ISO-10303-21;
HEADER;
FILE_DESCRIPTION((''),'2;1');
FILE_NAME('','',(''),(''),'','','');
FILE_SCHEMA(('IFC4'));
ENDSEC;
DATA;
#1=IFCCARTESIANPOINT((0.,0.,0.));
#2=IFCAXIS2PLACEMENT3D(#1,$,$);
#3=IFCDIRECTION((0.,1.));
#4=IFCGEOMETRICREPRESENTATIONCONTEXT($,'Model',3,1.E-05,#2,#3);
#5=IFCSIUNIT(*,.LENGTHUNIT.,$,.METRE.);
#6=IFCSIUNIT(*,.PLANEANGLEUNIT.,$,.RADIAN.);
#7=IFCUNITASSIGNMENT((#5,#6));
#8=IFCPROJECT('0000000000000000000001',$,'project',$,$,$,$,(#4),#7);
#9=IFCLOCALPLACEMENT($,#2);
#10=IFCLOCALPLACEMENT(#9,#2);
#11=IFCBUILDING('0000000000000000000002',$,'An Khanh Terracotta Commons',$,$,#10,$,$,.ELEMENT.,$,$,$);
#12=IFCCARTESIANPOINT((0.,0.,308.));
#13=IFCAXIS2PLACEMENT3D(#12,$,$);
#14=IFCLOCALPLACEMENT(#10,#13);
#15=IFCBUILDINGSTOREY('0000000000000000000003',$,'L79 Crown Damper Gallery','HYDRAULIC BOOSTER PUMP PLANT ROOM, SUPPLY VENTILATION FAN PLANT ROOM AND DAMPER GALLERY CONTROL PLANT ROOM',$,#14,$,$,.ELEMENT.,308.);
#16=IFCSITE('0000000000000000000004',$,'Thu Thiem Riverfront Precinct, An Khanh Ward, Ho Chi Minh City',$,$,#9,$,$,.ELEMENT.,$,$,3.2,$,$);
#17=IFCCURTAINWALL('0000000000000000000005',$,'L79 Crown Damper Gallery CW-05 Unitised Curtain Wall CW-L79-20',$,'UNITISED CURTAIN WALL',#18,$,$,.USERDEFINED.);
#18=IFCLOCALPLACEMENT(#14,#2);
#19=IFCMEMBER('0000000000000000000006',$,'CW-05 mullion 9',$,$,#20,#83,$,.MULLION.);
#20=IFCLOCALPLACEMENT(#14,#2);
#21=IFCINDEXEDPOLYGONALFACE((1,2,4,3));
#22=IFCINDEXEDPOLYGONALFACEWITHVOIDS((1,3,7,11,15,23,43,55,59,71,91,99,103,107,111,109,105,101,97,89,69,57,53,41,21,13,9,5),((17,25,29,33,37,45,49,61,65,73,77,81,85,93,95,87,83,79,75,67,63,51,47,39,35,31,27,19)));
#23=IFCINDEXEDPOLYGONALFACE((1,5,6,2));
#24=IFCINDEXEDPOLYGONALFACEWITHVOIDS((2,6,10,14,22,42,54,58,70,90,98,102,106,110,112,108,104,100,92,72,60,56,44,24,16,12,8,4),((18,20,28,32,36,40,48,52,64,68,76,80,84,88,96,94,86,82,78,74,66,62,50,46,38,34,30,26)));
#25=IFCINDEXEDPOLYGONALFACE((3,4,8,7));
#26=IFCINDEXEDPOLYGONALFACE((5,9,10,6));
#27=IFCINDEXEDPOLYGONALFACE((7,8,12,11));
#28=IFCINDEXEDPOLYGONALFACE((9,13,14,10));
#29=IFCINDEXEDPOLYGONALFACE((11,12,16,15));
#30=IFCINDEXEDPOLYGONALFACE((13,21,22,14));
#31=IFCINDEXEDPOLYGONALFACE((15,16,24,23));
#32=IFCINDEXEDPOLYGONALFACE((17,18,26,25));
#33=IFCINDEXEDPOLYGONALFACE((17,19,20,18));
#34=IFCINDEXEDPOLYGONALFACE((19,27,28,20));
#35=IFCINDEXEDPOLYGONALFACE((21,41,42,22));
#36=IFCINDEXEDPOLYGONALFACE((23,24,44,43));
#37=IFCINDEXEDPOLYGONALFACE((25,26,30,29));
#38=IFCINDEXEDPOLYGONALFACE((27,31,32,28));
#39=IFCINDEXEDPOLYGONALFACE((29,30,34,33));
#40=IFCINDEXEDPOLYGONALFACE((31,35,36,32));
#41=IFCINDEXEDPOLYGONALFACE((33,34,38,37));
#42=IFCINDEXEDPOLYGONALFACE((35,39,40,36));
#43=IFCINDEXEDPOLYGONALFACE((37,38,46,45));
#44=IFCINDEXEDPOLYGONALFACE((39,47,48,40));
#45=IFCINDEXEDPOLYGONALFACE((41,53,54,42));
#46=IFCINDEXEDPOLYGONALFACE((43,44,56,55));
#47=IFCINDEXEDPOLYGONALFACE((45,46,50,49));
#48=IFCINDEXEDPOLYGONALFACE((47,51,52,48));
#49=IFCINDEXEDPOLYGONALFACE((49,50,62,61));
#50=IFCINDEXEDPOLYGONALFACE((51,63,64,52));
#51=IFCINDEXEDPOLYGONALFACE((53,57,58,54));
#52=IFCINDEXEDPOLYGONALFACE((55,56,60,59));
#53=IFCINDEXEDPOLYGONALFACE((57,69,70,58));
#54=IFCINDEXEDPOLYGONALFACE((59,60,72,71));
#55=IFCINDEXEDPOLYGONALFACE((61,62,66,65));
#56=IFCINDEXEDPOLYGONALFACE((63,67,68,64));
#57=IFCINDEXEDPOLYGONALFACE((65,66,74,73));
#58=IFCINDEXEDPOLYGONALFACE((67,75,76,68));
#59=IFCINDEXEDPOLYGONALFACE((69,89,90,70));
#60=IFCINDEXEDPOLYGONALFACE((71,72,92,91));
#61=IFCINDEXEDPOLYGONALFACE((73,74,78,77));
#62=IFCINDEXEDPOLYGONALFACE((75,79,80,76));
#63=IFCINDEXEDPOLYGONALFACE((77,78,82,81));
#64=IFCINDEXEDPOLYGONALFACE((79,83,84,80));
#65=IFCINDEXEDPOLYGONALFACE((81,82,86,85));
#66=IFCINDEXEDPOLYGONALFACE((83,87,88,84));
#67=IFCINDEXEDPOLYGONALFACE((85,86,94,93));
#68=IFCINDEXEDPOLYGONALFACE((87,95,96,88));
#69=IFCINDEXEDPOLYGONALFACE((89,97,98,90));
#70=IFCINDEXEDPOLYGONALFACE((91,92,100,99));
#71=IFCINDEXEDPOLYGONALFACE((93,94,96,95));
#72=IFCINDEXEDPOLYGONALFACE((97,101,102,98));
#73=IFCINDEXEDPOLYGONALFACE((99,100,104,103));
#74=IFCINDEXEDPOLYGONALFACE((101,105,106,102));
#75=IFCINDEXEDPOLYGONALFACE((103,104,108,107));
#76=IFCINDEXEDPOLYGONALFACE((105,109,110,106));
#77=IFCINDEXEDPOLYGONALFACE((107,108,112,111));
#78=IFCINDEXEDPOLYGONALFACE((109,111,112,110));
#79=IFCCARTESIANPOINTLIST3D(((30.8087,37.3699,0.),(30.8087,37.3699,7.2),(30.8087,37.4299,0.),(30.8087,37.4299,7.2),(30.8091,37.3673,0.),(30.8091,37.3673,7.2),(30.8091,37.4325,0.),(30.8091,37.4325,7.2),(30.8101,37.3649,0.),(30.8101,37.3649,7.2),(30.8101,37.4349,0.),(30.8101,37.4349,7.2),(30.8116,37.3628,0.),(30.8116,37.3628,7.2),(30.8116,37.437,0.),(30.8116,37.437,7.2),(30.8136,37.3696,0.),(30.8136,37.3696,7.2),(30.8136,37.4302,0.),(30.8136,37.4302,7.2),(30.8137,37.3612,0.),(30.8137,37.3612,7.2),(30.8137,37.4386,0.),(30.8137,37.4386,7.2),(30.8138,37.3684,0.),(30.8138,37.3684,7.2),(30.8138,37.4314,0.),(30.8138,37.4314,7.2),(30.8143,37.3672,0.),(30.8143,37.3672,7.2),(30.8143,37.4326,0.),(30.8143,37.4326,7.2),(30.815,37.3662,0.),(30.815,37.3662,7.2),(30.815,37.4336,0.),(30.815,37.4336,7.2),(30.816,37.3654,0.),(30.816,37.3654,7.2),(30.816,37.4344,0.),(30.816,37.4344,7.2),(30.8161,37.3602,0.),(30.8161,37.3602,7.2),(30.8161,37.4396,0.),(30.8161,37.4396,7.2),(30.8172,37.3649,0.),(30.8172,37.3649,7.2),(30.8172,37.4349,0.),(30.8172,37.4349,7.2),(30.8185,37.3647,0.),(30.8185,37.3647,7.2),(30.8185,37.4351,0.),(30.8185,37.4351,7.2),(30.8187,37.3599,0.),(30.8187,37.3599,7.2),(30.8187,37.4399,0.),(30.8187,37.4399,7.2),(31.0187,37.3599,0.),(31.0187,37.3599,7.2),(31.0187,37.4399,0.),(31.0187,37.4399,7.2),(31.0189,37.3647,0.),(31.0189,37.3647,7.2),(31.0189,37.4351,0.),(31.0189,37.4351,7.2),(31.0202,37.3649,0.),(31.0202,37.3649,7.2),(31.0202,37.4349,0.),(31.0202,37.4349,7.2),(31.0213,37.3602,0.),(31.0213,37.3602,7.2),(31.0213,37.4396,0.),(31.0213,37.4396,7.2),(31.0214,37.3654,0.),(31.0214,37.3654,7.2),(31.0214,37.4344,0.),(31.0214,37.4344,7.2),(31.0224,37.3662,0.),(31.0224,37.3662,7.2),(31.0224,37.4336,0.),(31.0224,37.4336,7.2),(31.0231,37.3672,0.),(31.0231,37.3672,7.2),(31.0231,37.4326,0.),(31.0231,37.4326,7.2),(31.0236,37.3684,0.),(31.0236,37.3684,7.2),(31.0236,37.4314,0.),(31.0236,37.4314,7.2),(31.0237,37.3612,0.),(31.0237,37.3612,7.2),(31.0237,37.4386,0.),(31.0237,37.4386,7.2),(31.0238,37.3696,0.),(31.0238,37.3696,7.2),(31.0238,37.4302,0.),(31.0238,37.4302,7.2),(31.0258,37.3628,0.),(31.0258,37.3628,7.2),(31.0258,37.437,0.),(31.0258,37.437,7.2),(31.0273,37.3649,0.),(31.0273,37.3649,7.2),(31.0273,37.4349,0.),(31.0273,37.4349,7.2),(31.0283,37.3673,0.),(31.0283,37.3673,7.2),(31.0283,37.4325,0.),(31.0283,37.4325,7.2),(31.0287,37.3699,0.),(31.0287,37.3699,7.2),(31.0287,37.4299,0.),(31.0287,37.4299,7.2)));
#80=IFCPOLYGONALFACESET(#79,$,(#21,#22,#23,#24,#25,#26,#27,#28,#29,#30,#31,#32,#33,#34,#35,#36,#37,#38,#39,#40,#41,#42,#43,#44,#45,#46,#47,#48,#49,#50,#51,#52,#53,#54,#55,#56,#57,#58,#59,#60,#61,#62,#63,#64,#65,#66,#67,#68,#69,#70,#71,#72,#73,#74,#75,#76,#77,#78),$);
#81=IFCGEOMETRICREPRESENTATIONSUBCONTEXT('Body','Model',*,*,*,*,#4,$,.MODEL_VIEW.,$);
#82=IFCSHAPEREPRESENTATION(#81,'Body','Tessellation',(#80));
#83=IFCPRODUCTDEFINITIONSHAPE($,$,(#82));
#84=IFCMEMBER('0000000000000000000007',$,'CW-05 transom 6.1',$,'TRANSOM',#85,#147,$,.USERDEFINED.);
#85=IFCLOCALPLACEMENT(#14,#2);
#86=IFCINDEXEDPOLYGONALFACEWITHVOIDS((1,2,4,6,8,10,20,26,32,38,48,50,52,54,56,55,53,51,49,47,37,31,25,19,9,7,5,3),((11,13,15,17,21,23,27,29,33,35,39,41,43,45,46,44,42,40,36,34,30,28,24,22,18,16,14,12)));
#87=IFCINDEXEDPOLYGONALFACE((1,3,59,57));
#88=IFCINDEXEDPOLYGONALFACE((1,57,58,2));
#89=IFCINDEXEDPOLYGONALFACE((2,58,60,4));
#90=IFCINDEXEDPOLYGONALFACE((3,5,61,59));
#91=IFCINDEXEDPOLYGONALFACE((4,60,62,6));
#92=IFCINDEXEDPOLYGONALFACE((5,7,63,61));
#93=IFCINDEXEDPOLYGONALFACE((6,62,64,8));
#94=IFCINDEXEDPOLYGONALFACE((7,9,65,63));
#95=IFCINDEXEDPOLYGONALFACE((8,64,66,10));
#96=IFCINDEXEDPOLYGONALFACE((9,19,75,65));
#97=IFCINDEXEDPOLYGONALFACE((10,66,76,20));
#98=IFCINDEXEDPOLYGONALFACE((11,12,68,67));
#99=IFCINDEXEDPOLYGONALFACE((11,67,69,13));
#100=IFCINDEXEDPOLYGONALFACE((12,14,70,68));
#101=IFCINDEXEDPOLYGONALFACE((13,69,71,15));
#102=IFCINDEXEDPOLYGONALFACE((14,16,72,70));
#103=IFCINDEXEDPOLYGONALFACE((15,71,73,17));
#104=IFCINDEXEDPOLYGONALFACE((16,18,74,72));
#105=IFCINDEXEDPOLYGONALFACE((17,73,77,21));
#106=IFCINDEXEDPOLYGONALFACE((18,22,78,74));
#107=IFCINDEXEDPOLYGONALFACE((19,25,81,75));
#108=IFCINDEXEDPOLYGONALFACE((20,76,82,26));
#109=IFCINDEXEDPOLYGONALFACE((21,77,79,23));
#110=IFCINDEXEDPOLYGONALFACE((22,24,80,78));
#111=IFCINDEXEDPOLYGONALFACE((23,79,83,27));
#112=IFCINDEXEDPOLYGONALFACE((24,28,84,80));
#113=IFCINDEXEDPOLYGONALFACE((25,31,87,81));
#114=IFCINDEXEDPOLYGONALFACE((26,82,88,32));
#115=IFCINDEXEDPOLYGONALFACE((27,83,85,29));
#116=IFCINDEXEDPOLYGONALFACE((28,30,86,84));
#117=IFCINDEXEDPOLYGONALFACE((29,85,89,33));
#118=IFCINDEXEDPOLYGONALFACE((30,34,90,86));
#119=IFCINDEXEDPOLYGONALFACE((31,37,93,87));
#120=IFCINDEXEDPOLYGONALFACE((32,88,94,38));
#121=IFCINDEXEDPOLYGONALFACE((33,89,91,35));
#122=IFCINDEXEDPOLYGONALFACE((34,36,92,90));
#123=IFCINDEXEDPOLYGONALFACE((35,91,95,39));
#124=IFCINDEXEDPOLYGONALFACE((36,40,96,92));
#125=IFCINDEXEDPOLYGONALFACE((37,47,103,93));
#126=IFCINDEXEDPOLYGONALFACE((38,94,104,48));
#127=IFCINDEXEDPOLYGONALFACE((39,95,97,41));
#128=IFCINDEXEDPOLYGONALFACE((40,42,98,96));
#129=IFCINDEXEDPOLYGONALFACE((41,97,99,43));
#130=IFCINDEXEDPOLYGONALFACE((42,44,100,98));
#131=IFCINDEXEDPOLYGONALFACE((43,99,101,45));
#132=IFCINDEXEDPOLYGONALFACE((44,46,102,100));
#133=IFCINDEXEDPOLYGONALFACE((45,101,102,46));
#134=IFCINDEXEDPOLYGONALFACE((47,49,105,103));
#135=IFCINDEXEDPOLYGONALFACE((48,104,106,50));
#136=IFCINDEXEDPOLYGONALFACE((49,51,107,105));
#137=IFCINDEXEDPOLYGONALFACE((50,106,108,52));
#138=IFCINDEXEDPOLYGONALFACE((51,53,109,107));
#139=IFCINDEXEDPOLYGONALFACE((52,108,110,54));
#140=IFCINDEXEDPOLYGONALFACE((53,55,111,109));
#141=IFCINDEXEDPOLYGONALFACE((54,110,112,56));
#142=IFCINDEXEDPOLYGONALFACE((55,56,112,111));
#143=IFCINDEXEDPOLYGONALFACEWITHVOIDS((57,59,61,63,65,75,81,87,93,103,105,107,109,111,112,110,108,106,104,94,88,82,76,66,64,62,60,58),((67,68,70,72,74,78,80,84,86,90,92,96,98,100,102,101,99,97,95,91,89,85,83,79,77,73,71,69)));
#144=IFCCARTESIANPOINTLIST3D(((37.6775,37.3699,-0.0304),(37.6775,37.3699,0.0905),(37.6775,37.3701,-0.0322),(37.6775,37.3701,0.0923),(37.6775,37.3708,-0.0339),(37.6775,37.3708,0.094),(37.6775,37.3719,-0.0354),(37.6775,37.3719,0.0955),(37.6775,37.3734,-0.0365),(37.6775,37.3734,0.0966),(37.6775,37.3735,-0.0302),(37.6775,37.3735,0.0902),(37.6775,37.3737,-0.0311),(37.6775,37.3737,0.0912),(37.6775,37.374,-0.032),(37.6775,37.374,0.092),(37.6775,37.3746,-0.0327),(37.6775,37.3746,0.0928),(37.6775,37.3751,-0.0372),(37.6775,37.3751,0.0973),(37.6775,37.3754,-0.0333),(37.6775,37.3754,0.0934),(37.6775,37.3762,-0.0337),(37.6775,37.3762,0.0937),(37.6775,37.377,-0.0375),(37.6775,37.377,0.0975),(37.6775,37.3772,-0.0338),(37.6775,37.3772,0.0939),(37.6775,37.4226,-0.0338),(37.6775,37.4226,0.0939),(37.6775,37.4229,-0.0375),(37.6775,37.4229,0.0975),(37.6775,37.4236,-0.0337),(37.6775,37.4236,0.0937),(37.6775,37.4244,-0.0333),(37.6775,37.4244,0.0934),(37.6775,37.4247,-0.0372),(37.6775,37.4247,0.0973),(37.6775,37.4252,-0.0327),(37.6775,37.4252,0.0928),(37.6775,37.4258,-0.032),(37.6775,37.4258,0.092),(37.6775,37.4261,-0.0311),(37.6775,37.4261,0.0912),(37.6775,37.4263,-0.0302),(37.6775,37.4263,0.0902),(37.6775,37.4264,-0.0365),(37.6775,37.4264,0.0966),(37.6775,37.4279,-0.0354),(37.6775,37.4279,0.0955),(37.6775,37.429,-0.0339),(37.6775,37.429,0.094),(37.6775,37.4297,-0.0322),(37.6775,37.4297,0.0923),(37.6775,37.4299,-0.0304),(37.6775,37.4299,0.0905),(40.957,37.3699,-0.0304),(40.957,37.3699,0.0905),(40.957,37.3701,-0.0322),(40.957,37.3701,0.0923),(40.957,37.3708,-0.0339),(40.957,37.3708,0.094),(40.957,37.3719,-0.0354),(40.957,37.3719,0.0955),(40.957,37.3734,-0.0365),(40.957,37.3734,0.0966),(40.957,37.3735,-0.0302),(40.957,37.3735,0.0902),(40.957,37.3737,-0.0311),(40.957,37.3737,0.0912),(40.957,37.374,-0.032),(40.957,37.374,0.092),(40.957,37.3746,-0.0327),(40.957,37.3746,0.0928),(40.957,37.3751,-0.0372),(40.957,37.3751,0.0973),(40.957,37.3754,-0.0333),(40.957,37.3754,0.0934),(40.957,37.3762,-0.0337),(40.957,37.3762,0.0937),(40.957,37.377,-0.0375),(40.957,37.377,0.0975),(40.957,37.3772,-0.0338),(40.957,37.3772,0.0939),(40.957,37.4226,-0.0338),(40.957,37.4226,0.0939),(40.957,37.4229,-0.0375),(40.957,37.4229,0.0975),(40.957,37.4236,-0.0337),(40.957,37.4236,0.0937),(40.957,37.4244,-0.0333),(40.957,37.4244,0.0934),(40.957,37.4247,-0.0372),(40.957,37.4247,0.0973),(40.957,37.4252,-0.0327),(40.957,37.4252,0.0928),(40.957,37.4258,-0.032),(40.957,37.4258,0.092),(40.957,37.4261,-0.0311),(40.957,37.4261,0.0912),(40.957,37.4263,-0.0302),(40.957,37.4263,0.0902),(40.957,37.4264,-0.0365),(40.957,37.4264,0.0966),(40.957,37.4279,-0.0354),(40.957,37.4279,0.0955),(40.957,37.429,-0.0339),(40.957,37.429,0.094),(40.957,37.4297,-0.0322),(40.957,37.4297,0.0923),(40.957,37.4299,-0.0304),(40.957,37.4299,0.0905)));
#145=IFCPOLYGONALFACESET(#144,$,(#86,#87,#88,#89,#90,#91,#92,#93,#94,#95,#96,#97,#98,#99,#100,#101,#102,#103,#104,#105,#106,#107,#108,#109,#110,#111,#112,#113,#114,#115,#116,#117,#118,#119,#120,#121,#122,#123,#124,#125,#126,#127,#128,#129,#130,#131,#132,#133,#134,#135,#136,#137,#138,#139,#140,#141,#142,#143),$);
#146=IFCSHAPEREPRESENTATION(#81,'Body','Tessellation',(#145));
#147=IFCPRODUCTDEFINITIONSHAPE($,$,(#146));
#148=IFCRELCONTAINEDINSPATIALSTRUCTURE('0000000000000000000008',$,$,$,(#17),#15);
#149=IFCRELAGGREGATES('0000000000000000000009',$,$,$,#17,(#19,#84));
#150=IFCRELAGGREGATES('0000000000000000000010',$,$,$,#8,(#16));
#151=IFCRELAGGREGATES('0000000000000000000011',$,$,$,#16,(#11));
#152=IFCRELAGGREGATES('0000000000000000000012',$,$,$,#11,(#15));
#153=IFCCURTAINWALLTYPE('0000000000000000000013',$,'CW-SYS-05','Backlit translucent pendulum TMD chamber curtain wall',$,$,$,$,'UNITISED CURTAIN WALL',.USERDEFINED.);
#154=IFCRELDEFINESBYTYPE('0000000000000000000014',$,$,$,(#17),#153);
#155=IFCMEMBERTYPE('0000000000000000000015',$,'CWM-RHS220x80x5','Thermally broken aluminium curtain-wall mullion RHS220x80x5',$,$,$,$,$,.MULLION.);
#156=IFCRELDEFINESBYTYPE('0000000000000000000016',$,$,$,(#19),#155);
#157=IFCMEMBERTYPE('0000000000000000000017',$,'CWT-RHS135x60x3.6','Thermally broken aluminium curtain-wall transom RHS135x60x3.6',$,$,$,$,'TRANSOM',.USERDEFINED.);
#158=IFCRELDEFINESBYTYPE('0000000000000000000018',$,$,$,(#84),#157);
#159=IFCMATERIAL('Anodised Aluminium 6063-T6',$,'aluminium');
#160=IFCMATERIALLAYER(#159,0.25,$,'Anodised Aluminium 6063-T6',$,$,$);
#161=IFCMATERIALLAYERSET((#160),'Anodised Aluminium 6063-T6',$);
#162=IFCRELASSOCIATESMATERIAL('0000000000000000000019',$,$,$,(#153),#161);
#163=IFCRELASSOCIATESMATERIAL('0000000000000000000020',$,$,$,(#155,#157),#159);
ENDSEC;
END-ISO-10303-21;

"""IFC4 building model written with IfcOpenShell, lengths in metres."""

from ifc_helpers import new_model, si_unit, direction, frame, origin, origin_2d, place, context, subcontext, project, spatial, hollow_rectangle, extrude, material, layer, layer_set, material_profile, profile_set, type_object, element, aggregate, save


model = new_model("IFC4")

# Units and contexts
model_context = context("Model", 3, precision=1e-05, world=origin(), true_north=direction((0.0, 1.0)))
body_context = subcontext(model_context, "Body", "Model", "MODEL_VIEW")
ifc_project = project(units=[si_unit("LENGTHUNIT", "METRE"), si_unit("PLANEANGLEUNIT", "RADIAN")], contexts=[model_context])

# Site, building, storey
site_placement = place(None, origin())
site = spatial("IfcSite", under=ifc_project, at=site_placement, Name="Thu Thiem Riverfront Precinct, An Khanh Ward, Ho Chi Minh City", CompositionType="ELEMENT", RefElevation=3.2)
building_placement = place(site_placement, origin())
building = spatial("IfcBuilding", under=site, at=building_placement, Name="An Khanh Terracotta Commons", CompositionType="ELEMENT")
storey_placement = place(building_placement, frame((0.0, 0.0, 308.0)))
storey = spatial("IfcBuildingStorey", under=building, at=storey_placement, Name="L79 Crown Damper Gallery", Description="HYDRAULIC BOOSTER PUMP PLANT ROOM, SUPPLY VENTILATION FAN PLANT ROOM AND DAMPER GALLERY CONTROL PLANT ROOM", CompositionType="ELEMENT", Elevation=308.0)

# Curtain wall, members
ifc_material_1 = material(Name="Anodised Aluminium 6063-T6", Category="aluminium")
ifc_layer_1 = layer(ifc_material_1, 0.25, Name="Anodised Aluminium 6063-T6")
ifc_layer_set_1 = layer_set([ifc_layer_1], Name="Anodised Aluminium 6063-T6")
curtain_wall_type = type_object("IfcCurtainWallType", Name="CW-SYS-05", Description="Backlit translucent pendulum TMD chamber curtain wall", ElementType="UNITISED CURTAIN WALL", PredefinedType="USERDEFINED", material=ifc_layer_set_1)
curtain_wall_placement = place(storey_placement, origin())
curtain_wall = element("IfcCurtainWall", 1, at=curtain_wall_placement, inside=storey, type_object=curtain_wall_type, Name="L79 Crown Damper Gallery CW-05 Unitised Curtain Wall CW-L79-20", ObjectType="UNITISED CURTAIN WALL", PredefinedType="USERDEFINED")
ifc_material_profile_1 = material_profile(ifc_material_1, hollow_rectangle(XDim=0.0801, YDim=0.22, WallThickness=0.0049, InnerFilletRadius=0.0049, OuterFilletRadius=0.01, at=origin_2d()), Name="RHS220x80x5")
ifc_profile_set_1 = profile_set([ifc_material_profile_1], Name="Anodised Aluminium 6063-T6")
member_type_1 = type_object("IfcMemberType", Name="CWM-RHS220x80x5", Description="Thermally broken aluminium curtain-wall mullion RHS220x80x5", PredefinedType="MULLION", material=ifc_profile_set_1)
member_1_placement = place(storey_placement, frame((30.9187, 37.3999, 0.0), z_axis=(0.0, 0.0, 1.0), x_axis=(0.0, -1.0, 0.0)))
member_1 = element("IfcMember", 2, at=member_1_placement, type_object=member_type_1, Name="CW-05 mullion 9", PredefinedType="MULLION", context=body_context, shape_type="SweptSolid", body=[
    extrude(hollow_rectangle(XDim=0.0801, YDim=0.22, WallThickness=0.0049, InnerFilletRadius=0.0049, OuterFilletRadius=0.01, at=origin_2d()), origin(), (0.0, 0.0, 1.0), 7.2),
])
ifc_material_profile_2 = material_profile(ifc_material_1, hollow_rectangle(XDim=0.0601, YDim=0.135, WallThickness=0.0037, InnerFilletRadius=0.0037, OuterFilletRadius=0.0071, at=origin_2d()), Name="RHS135x60x3.6")
ifc_profile_set_2 = profile_set([ifc_material_profile_2], Name="Anodised Aluminium 6063-T6")
member_type_2 = type_object("IfcMemberType", Name="CWT-RHS135x60x3.6", Description="Thermally broken aluminium curtain-wall transom RHS135x60x3.6", ElementType="TRANSOM", PredefinedType="USERDEFINED", material=ifc_profile_set_2)
member_2_placement = place(storey_placement, frame((40.957, 37.3999, 0.03), z_axis=(-1.0, 0.0, 0.0), x_axis=(0.0, -1.0, 0.0)))
member_2 = element("IfcMember", 3, at=member_2_placement, type_object=member_type_2, Name="CW-05 transom 6.1", ObjectType="TRANSOM", PredefinedType="USERDEFINED", context=body_context, shape_type="SweptSolid", body=[
    extrude(hollow_rectangle(XDim=0.0601, YDim=0.135, WallThickness=0.0037, InnerFilletRadius=0.0037, OuterFilletRadius=0.0071, at=origin_2d()), origin(), (0.0, 0.0, 1.0), 3.2795),
])
aggregate(curtain_wall, [member_1, member_2])

save(model, "model.ifc")
